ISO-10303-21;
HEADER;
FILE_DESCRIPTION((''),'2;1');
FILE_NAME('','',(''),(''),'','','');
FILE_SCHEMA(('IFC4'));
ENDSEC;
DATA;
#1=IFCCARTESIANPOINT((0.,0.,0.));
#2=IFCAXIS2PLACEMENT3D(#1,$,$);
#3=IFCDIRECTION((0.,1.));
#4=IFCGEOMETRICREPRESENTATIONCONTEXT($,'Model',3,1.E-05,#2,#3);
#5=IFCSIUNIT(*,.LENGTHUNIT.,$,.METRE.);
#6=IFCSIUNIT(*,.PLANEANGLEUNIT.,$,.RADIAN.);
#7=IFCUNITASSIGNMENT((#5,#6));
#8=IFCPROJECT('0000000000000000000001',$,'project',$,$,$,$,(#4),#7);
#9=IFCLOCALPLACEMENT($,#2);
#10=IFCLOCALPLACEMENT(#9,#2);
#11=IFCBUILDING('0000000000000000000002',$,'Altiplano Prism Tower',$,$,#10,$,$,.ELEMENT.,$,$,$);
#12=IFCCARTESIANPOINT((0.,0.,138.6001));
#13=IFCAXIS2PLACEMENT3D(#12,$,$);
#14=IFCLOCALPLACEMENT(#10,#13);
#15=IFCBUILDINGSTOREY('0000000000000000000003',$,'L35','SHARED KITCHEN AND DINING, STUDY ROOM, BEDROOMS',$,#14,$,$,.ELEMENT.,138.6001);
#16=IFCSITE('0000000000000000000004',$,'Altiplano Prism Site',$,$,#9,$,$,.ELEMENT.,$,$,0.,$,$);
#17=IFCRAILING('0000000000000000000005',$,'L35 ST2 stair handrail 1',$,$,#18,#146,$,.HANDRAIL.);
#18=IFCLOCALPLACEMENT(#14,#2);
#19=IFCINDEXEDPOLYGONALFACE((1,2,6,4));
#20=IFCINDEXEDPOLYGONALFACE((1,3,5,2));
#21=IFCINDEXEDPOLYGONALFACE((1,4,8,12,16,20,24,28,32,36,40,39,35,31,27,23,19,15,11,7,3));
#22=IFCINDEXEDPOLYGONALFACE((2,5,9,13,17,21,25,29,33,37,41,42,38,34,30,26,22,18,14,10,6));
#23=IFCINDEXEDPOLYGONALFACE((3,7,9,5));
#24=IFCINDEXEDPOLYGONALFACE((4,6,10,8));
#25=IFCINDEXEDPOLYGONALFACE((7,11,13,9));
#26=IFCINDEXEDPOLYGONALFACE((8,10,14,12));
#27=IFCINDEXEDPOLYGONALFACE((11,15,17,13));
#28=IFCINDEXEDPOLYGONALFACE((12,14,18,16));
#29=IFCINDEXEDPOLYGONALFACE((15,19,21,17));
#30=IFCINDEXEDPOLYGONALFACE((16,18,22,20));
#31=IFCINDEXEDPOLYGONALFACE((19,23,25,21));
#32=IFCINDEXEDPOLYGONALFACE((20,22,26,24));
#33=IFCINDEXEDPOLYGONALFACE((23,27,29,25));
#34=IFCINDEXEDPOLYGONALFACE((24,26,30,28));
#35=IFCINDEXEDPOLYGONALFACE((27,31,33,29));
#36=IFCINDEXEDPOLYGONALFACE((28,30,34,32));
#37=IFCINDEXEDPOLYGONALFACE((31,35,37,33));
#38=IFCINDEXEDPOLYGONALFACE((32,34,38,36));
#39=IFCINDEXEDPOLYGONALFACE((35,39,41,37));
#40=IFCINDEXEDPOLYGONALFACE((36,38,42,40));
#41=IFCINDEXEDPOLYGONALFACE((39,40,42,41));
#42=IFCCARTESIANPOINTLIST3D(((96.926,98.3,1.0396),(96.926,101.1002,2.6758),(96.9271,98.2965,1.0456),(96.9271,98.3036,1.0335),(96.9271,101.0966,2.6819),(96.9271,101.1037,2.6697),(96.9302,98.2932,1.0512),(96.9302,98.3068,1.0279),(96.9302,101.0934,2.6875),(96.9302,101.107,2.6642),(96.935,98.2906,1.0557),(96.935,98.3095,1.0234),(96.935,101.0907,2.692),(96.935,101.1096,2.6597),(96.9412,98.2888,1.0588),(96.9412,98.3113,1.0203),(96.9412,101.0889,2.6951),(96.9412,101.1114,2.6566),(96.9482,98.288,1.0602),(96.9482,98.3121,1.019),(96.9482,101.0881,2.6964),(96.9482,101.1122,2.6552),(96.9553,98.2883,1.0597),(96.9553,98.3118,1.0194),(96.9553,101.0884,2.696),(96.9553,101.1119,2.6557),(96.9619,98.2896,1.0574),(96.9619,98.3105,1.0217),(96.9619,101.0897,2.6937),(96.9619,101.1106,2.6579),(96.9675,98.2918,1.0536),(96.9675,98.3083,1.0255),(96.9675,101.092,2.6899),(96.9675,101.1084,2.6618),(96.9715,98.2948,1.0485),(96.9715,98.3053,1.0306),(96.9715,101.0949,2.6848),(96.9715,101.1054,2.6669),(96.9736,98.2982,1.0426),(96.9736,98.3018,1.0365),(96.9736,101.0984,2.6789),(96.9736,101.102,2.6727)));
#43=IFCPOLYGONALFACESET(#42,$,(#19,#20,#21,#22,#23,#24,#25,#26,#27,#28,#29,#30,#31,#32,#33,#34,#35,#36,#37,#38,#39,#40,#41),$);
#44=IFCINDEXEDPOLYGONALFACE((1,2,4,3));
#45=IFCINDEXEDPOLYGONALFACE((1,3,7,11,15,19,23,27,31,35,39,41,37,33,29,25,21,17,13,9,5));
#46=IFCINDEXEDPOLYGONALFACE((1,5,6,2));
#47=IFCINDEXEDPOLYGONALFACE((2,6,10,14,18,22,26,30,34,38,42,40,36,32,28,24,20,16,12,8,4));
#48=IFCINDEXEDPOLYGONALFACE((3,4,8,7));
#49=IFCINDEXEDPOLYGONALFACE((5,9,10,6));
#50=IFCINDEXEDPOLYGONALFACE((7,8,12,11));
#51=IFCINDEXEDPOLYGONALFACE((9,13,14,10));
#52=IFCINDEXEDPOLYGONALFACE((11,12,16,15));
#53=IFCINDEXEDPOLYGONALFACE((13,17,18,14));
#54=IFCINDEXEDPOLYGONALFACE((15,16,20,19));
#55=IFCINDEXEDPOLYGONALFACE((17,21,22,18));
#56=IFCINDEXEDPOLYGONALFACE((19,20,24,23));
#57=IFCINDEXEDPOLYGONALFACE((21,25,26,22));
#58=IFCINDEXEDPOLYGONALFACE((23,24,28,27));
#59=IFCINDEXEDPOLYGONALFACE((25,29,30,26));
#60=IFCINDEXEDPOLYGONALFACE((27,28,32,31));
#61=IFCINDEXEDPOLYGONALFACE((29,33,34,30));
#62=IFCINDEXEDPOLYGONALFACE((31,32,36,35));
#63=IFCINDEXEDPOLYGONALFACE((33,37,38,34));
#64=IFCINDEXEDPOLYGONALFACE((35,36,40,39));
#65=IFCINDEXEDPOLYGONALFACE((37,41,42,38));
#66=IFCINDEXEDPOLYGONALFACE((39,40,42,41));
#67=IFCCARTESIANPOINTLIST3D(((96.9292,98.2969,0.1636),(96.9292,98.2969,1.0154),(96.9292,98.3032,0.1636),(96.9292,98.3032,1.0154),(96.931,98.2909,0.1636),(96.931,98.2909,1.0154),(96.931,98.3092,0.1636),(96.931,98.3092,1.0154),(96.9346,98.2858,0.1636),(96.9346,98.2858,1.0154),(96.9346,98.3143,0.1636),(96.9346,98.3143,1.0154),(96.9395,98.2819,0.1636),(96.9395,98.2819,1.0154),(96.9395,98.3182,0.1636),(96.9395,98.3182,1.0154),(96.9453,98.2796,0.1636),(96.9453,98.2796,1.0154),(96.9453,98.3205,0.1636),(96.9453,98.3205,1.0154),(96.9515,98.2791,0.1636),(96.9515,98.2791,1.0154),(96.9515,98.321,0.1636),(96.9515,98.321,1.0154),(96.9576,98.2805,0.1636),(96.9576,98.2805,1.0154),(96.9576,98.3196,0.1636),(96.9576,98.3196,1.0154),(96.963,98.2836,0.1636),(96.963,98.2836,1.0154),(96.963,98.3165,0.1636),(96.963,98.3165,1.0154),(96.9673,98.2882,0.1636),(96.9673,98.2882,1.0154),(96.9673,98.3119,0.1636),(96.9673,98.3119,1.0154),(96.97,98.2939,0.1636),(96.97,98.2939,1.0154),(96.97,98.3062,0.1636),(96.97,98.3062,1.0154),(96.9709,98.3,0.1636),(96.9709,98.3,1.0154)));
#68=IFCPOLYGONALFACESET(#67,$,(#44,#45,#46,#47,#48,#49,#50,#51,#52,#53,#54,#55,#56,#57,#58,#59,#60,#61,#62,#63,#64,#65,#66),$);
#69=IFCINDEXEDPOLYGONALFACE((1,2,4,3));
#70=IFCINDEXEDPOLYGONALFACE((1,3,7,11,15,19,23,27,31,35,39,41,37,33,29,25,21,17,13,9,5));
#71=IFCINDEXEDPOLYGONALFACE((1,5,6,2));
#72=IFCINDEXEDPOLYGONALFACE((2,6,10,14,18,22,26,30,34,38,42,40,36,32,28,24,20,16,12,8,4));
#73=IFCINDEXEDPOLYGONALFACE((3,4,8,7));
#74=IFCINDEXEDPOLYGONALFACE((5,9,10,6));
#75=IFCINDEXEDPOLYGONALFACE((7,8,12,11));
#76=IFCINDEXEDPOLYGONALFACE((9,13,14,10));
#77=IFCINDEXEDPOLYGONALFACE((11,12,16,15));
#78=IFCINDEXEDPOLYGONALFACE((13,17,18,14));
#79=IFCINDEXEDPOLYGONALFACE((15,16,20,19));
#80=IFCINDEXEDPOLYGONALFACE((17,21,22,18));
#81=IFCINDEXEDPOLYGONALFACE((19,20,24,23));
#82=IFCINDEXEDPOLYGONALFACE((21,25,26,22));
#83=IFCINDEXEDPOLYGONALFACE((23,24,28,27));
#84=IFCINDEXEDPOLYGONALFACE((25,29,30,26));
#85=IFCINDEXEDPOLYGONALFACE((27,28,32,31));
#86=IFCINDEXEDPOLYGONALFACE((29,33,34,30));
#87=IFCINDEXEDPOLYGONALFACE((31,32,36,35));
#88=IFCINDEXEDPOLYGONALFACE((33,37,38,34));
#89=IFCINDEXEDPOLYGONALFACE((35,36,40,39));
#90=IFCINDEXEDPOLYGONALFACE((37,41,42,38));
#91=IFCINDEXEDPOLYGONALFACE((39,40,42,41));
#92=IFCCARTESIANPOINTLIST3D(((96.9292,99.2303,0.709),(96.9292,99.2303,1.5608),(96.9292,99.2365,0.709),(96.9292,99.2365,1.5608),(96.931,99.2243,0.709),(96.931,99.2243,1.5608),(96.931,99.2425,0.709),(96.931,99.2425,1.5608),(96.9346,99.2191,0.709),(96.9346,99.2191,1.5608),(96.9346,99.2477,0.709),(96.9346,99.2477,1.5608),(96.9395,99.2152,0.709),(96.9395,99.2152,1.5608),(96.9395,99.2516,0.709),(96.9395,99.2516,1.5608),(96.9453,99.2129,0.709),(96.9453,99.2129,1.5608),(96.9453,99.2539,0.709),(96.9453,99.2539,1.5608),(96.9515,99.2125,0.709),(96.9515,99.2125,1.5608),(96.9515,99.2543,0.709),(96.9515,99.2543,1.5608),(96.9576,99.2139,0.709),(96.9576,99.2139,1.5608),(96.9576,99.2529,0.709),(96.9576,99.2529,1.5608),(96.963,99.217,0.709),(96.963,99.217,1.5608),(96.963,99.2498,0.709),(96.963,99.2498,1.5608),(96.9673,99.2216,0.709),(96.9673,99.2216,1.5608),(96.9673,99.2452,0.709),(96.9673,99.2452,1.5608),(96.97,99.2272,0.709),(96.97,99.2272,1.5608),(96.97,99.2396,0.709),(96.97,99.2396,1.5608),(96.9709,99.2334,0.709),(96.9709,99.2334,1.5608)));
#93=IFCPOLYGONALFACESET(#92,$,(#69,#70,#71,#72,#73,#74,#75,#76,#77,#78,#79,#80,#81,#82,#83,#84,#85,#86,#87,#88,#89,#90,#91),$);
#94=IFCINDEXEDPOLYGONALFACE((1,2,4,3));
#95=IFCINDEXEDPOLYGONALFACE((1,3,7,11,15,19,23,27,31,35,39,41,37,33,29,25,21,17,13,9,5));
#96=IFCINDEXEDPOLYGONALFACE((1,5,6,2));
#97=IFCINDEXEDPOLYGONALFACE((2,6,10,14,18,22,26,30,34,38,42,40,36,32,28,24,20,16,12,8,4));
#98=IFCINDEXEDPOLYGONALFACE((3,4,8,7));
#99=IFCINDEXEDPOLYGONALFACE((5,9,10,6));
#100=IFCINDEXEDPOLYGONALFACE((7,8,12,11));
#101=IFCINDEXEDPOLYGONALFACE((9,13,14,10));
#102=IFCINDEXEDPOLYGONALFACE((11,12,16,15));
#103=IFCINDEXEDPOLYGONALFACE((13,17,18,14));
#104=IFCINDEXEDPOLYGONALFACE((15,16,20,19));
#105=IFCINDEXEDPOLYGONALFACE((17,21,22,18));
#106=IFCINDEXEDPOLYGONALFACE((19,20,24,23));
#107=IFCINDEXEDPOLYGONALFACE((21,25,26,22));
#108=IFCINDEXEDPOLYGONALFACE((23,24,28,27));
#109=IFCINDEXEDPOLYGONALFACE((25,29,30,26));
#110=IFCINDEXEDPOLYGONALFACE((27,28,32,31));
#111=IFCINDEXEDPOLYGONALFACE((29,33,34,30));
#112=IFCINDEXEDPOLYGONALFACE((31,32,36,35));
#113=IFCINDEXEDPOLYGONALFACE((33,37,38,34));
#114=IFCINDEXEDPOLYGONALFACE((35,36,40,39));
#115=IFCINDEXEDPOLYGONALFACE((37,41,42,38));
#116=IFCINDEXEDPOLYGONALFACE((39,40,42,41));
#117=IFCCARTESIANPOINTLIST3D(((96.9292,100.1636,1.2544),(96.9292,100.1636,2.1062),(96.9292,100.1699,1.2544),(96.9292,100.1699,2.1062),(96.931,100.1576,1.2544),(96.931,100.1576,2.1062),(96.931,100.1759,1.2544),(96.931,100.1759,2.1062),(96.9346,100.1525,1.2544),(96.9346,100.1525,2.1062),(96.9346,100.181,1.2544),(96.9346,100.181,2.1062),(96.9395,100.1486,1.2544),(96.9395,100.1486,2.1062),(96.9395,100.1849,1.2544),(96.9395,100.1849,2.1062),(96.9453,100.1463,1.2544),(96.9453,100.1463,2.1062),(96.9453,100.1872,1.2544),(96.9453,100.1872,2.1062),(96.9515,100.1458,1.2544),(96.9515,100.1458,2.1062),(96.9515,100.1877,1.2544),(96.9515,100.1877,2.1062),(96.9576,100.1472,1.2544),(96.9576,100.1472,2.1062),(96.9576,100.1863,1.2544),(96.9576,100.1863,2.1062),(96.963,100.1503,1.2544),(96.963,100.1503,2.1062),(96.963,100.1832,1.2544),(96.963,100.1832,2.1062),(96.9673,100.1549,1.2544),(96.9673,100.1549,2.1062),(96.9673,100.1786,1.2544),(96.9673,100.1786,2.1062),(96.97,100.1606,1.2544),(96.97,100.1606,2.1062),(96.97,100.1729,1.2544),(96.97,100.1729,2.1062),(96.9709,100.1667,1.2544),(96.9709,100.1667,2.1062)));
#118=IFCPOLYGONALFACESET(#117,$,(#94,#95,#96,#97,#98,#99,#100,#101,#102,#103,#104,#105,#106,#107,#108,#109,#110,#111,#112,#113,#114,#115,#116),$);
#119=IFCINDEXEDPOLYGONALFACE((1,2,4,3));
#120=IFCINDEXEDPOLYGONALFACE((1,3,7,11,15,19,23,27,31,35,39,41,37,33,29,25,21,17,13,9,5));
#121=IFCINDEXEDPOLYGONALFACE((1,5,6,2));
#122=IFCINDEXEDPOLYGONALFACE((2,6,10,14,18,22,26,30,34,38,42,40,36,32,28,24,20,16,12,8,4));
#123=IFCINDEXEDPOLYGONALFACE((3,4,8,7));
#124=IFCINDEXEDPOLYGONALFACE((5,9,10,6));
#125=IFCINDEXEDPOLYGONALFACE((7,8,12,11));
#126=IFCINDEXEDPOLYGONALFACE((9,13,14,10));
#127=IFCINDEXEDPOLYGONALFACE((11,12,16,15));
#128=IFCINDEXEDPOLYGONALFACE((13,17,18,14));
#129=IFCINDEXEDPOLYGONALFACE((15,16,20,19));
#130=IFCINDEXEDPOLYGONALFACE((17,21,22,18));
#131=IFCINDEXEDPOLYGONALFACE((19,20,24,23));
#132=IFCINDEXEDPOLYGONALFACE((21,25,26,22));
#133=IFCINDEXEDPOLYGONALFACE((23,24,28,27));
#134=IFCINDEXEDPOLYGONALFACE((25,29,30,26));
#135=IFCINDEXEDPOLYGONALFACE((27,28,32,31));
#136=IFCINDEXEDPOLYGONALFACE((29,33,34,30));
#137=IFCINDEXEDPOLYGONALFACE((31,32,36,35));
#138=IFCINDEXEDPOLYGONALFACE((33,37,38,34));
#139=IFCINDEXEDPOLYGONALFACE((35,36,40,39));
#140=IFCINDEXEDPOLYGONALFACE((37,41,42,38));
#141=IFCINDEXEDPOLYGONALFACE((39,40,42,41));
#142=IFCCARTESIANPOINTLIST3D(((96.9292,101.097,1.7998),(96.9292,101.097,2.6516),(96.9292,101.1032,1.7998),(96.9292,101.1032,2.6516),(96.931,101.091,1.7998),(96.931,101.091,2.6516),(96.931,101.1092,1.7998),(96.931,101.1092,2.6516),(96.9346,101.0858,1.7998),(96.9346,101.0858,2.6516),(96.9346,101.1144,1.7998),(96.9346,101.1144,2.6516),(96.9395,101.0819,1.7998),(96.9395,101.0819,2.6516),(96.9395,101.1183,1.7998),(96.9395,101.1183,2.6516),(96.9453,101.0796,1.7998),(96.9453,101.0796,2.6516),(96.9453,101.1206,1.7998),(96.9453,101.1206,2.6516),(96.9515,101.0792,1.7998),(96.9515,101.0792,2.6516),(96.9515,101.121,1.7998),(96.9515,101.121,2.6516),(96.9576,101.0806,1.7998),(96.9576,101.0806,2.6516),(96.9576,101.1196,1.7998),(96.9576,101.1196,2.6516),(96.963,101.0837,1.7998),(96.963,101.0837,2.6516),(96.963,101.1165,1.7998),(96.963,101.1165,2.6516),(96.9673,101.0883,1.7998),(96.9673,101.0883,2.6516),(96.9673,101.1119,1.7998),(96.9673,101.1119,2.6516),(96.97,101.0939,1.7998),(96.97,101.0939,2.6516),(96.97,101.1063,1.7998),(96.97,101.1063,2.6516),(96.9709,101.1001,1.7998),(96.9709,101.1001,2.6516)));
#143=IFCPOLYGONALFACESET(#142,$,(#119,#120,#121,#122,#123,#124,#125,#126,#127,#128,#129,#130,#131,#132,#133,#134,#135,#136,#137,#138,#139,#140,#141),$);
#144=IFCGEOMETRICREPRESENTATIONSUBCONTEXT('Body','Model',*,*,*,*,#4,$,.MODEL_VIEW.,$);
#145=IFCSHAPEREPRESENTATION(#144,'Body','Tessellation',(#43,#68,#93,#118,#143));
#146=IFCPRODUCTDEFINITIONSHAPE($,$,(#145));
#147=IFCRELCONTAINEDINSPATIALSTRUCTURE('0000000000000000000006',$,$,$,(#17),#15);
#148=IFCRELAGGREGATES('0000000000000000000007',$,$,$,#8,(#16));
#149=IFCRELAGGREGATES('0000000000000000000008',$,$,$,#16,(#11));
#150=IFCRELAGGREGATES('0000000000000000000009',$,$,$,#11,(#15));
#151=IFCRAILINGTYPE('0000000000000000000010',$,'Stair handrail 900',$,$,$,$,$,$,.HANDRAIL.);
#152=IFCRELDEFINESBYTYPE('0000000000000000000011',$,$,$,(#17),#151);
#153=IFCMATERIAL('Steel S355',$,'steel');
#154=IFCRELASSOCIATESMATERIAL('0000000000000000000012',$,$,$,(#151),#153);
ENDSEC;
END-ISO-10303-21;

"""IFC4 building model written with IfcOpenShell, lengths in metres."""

from ifc_helpers import new_model, si_unit, direction, frame, origin, origin_2d, place, context, subcontext, project, spatial, circle, extrude, material, type_object, element, save


model = new_model("IFC4")

# Units and contexts
model_context = context("Model", 3, precision=1e-05, world=origin(), true_north=direction((0.0, 1.0)))
body_context = subcontext(model_context, "Body", "Model", "MODEL_VIEW")
ifc_project = project(units=[si_unit("LENGTHUNIT", "METRE"), si_unit("PLANEANGLEUNIT", "RADIAN")], contexts=[model_context])

# Site, building, storey
site_placement = place(None, origin())
site = spatial("IfcSite", under=ifc_project, at=site_placement, Name="Altiplano Prism Site", CompositionType="ELEMENT", RefElevation=0.0)
building_placement = place(site_placement, origin())
building = spatial("IfcBuilding", under=site, at=building_placement, Name="Altiplano Prism Tower", CompositionType="ELEMENT")
storey_placement = place(building_placement, frame((0.0, 0.0, 138.6001)))
storey = spatial("IfcBuildingStorey", under=building, at=storey_placement, Name="L35", Description="SHARED KITCHEN AND DINING, STUDY ROOM, BEDROOMS", CompositionType="ELEMENT", Elevation=138.6001)

# Railing
ifc_material_1 = material(Name="Steel S355", Category="steel")
railing_type_1 = type_object("IfcRailingType", Name="Stair handrail 900", PredefinedType="HANDRAIL", material=ifc_material_1)
railing_1_placement = place(storey_placement, frame((96.95, 98.3, 0.1636)))
element("IfcRailing", 1, at=railing_1_placement, inside=storey, type_object=railing_type_1, Name="L35 ST2 stair handrail 1", PredefinedType="HANDRAIL", context=body_context, shape_type="SweptSolid", body=[
    extrude(circle(Radius=0.0239, at=origin_2d()), frame((0.0, 0.0, 0.876), z_axis=(0.0, 0.863394, 0.504531), x_axis=(-1.0, 0.0, 0.0)), (0.0, 0.0, 1.0), 3.2432),
    extrude(circle(Radius=0.021, at=origin_2d()), origin(), (0.0, 0.0, 1.0), 0.8518),
    extrude(circle(Radius=0.021, at=origin_2d()), frame((0.0, 0.9333, 0.5454)), (0.0, 0.0, 1.0), 0.8518),
    extrude(circle(Radius=0.021, at=origin_2d()), frame((0.0, 1.8667, 1.0908)), (0.0, 0.0, 1.0), 0.8518),
    extrude(circle(Radius=0.021, at=origin_2d()), frame((0.0, 2.8, 1.6362)), (0.0, 0.0, 1.0), 0.8518),
])

save(model, "model.ifc")
